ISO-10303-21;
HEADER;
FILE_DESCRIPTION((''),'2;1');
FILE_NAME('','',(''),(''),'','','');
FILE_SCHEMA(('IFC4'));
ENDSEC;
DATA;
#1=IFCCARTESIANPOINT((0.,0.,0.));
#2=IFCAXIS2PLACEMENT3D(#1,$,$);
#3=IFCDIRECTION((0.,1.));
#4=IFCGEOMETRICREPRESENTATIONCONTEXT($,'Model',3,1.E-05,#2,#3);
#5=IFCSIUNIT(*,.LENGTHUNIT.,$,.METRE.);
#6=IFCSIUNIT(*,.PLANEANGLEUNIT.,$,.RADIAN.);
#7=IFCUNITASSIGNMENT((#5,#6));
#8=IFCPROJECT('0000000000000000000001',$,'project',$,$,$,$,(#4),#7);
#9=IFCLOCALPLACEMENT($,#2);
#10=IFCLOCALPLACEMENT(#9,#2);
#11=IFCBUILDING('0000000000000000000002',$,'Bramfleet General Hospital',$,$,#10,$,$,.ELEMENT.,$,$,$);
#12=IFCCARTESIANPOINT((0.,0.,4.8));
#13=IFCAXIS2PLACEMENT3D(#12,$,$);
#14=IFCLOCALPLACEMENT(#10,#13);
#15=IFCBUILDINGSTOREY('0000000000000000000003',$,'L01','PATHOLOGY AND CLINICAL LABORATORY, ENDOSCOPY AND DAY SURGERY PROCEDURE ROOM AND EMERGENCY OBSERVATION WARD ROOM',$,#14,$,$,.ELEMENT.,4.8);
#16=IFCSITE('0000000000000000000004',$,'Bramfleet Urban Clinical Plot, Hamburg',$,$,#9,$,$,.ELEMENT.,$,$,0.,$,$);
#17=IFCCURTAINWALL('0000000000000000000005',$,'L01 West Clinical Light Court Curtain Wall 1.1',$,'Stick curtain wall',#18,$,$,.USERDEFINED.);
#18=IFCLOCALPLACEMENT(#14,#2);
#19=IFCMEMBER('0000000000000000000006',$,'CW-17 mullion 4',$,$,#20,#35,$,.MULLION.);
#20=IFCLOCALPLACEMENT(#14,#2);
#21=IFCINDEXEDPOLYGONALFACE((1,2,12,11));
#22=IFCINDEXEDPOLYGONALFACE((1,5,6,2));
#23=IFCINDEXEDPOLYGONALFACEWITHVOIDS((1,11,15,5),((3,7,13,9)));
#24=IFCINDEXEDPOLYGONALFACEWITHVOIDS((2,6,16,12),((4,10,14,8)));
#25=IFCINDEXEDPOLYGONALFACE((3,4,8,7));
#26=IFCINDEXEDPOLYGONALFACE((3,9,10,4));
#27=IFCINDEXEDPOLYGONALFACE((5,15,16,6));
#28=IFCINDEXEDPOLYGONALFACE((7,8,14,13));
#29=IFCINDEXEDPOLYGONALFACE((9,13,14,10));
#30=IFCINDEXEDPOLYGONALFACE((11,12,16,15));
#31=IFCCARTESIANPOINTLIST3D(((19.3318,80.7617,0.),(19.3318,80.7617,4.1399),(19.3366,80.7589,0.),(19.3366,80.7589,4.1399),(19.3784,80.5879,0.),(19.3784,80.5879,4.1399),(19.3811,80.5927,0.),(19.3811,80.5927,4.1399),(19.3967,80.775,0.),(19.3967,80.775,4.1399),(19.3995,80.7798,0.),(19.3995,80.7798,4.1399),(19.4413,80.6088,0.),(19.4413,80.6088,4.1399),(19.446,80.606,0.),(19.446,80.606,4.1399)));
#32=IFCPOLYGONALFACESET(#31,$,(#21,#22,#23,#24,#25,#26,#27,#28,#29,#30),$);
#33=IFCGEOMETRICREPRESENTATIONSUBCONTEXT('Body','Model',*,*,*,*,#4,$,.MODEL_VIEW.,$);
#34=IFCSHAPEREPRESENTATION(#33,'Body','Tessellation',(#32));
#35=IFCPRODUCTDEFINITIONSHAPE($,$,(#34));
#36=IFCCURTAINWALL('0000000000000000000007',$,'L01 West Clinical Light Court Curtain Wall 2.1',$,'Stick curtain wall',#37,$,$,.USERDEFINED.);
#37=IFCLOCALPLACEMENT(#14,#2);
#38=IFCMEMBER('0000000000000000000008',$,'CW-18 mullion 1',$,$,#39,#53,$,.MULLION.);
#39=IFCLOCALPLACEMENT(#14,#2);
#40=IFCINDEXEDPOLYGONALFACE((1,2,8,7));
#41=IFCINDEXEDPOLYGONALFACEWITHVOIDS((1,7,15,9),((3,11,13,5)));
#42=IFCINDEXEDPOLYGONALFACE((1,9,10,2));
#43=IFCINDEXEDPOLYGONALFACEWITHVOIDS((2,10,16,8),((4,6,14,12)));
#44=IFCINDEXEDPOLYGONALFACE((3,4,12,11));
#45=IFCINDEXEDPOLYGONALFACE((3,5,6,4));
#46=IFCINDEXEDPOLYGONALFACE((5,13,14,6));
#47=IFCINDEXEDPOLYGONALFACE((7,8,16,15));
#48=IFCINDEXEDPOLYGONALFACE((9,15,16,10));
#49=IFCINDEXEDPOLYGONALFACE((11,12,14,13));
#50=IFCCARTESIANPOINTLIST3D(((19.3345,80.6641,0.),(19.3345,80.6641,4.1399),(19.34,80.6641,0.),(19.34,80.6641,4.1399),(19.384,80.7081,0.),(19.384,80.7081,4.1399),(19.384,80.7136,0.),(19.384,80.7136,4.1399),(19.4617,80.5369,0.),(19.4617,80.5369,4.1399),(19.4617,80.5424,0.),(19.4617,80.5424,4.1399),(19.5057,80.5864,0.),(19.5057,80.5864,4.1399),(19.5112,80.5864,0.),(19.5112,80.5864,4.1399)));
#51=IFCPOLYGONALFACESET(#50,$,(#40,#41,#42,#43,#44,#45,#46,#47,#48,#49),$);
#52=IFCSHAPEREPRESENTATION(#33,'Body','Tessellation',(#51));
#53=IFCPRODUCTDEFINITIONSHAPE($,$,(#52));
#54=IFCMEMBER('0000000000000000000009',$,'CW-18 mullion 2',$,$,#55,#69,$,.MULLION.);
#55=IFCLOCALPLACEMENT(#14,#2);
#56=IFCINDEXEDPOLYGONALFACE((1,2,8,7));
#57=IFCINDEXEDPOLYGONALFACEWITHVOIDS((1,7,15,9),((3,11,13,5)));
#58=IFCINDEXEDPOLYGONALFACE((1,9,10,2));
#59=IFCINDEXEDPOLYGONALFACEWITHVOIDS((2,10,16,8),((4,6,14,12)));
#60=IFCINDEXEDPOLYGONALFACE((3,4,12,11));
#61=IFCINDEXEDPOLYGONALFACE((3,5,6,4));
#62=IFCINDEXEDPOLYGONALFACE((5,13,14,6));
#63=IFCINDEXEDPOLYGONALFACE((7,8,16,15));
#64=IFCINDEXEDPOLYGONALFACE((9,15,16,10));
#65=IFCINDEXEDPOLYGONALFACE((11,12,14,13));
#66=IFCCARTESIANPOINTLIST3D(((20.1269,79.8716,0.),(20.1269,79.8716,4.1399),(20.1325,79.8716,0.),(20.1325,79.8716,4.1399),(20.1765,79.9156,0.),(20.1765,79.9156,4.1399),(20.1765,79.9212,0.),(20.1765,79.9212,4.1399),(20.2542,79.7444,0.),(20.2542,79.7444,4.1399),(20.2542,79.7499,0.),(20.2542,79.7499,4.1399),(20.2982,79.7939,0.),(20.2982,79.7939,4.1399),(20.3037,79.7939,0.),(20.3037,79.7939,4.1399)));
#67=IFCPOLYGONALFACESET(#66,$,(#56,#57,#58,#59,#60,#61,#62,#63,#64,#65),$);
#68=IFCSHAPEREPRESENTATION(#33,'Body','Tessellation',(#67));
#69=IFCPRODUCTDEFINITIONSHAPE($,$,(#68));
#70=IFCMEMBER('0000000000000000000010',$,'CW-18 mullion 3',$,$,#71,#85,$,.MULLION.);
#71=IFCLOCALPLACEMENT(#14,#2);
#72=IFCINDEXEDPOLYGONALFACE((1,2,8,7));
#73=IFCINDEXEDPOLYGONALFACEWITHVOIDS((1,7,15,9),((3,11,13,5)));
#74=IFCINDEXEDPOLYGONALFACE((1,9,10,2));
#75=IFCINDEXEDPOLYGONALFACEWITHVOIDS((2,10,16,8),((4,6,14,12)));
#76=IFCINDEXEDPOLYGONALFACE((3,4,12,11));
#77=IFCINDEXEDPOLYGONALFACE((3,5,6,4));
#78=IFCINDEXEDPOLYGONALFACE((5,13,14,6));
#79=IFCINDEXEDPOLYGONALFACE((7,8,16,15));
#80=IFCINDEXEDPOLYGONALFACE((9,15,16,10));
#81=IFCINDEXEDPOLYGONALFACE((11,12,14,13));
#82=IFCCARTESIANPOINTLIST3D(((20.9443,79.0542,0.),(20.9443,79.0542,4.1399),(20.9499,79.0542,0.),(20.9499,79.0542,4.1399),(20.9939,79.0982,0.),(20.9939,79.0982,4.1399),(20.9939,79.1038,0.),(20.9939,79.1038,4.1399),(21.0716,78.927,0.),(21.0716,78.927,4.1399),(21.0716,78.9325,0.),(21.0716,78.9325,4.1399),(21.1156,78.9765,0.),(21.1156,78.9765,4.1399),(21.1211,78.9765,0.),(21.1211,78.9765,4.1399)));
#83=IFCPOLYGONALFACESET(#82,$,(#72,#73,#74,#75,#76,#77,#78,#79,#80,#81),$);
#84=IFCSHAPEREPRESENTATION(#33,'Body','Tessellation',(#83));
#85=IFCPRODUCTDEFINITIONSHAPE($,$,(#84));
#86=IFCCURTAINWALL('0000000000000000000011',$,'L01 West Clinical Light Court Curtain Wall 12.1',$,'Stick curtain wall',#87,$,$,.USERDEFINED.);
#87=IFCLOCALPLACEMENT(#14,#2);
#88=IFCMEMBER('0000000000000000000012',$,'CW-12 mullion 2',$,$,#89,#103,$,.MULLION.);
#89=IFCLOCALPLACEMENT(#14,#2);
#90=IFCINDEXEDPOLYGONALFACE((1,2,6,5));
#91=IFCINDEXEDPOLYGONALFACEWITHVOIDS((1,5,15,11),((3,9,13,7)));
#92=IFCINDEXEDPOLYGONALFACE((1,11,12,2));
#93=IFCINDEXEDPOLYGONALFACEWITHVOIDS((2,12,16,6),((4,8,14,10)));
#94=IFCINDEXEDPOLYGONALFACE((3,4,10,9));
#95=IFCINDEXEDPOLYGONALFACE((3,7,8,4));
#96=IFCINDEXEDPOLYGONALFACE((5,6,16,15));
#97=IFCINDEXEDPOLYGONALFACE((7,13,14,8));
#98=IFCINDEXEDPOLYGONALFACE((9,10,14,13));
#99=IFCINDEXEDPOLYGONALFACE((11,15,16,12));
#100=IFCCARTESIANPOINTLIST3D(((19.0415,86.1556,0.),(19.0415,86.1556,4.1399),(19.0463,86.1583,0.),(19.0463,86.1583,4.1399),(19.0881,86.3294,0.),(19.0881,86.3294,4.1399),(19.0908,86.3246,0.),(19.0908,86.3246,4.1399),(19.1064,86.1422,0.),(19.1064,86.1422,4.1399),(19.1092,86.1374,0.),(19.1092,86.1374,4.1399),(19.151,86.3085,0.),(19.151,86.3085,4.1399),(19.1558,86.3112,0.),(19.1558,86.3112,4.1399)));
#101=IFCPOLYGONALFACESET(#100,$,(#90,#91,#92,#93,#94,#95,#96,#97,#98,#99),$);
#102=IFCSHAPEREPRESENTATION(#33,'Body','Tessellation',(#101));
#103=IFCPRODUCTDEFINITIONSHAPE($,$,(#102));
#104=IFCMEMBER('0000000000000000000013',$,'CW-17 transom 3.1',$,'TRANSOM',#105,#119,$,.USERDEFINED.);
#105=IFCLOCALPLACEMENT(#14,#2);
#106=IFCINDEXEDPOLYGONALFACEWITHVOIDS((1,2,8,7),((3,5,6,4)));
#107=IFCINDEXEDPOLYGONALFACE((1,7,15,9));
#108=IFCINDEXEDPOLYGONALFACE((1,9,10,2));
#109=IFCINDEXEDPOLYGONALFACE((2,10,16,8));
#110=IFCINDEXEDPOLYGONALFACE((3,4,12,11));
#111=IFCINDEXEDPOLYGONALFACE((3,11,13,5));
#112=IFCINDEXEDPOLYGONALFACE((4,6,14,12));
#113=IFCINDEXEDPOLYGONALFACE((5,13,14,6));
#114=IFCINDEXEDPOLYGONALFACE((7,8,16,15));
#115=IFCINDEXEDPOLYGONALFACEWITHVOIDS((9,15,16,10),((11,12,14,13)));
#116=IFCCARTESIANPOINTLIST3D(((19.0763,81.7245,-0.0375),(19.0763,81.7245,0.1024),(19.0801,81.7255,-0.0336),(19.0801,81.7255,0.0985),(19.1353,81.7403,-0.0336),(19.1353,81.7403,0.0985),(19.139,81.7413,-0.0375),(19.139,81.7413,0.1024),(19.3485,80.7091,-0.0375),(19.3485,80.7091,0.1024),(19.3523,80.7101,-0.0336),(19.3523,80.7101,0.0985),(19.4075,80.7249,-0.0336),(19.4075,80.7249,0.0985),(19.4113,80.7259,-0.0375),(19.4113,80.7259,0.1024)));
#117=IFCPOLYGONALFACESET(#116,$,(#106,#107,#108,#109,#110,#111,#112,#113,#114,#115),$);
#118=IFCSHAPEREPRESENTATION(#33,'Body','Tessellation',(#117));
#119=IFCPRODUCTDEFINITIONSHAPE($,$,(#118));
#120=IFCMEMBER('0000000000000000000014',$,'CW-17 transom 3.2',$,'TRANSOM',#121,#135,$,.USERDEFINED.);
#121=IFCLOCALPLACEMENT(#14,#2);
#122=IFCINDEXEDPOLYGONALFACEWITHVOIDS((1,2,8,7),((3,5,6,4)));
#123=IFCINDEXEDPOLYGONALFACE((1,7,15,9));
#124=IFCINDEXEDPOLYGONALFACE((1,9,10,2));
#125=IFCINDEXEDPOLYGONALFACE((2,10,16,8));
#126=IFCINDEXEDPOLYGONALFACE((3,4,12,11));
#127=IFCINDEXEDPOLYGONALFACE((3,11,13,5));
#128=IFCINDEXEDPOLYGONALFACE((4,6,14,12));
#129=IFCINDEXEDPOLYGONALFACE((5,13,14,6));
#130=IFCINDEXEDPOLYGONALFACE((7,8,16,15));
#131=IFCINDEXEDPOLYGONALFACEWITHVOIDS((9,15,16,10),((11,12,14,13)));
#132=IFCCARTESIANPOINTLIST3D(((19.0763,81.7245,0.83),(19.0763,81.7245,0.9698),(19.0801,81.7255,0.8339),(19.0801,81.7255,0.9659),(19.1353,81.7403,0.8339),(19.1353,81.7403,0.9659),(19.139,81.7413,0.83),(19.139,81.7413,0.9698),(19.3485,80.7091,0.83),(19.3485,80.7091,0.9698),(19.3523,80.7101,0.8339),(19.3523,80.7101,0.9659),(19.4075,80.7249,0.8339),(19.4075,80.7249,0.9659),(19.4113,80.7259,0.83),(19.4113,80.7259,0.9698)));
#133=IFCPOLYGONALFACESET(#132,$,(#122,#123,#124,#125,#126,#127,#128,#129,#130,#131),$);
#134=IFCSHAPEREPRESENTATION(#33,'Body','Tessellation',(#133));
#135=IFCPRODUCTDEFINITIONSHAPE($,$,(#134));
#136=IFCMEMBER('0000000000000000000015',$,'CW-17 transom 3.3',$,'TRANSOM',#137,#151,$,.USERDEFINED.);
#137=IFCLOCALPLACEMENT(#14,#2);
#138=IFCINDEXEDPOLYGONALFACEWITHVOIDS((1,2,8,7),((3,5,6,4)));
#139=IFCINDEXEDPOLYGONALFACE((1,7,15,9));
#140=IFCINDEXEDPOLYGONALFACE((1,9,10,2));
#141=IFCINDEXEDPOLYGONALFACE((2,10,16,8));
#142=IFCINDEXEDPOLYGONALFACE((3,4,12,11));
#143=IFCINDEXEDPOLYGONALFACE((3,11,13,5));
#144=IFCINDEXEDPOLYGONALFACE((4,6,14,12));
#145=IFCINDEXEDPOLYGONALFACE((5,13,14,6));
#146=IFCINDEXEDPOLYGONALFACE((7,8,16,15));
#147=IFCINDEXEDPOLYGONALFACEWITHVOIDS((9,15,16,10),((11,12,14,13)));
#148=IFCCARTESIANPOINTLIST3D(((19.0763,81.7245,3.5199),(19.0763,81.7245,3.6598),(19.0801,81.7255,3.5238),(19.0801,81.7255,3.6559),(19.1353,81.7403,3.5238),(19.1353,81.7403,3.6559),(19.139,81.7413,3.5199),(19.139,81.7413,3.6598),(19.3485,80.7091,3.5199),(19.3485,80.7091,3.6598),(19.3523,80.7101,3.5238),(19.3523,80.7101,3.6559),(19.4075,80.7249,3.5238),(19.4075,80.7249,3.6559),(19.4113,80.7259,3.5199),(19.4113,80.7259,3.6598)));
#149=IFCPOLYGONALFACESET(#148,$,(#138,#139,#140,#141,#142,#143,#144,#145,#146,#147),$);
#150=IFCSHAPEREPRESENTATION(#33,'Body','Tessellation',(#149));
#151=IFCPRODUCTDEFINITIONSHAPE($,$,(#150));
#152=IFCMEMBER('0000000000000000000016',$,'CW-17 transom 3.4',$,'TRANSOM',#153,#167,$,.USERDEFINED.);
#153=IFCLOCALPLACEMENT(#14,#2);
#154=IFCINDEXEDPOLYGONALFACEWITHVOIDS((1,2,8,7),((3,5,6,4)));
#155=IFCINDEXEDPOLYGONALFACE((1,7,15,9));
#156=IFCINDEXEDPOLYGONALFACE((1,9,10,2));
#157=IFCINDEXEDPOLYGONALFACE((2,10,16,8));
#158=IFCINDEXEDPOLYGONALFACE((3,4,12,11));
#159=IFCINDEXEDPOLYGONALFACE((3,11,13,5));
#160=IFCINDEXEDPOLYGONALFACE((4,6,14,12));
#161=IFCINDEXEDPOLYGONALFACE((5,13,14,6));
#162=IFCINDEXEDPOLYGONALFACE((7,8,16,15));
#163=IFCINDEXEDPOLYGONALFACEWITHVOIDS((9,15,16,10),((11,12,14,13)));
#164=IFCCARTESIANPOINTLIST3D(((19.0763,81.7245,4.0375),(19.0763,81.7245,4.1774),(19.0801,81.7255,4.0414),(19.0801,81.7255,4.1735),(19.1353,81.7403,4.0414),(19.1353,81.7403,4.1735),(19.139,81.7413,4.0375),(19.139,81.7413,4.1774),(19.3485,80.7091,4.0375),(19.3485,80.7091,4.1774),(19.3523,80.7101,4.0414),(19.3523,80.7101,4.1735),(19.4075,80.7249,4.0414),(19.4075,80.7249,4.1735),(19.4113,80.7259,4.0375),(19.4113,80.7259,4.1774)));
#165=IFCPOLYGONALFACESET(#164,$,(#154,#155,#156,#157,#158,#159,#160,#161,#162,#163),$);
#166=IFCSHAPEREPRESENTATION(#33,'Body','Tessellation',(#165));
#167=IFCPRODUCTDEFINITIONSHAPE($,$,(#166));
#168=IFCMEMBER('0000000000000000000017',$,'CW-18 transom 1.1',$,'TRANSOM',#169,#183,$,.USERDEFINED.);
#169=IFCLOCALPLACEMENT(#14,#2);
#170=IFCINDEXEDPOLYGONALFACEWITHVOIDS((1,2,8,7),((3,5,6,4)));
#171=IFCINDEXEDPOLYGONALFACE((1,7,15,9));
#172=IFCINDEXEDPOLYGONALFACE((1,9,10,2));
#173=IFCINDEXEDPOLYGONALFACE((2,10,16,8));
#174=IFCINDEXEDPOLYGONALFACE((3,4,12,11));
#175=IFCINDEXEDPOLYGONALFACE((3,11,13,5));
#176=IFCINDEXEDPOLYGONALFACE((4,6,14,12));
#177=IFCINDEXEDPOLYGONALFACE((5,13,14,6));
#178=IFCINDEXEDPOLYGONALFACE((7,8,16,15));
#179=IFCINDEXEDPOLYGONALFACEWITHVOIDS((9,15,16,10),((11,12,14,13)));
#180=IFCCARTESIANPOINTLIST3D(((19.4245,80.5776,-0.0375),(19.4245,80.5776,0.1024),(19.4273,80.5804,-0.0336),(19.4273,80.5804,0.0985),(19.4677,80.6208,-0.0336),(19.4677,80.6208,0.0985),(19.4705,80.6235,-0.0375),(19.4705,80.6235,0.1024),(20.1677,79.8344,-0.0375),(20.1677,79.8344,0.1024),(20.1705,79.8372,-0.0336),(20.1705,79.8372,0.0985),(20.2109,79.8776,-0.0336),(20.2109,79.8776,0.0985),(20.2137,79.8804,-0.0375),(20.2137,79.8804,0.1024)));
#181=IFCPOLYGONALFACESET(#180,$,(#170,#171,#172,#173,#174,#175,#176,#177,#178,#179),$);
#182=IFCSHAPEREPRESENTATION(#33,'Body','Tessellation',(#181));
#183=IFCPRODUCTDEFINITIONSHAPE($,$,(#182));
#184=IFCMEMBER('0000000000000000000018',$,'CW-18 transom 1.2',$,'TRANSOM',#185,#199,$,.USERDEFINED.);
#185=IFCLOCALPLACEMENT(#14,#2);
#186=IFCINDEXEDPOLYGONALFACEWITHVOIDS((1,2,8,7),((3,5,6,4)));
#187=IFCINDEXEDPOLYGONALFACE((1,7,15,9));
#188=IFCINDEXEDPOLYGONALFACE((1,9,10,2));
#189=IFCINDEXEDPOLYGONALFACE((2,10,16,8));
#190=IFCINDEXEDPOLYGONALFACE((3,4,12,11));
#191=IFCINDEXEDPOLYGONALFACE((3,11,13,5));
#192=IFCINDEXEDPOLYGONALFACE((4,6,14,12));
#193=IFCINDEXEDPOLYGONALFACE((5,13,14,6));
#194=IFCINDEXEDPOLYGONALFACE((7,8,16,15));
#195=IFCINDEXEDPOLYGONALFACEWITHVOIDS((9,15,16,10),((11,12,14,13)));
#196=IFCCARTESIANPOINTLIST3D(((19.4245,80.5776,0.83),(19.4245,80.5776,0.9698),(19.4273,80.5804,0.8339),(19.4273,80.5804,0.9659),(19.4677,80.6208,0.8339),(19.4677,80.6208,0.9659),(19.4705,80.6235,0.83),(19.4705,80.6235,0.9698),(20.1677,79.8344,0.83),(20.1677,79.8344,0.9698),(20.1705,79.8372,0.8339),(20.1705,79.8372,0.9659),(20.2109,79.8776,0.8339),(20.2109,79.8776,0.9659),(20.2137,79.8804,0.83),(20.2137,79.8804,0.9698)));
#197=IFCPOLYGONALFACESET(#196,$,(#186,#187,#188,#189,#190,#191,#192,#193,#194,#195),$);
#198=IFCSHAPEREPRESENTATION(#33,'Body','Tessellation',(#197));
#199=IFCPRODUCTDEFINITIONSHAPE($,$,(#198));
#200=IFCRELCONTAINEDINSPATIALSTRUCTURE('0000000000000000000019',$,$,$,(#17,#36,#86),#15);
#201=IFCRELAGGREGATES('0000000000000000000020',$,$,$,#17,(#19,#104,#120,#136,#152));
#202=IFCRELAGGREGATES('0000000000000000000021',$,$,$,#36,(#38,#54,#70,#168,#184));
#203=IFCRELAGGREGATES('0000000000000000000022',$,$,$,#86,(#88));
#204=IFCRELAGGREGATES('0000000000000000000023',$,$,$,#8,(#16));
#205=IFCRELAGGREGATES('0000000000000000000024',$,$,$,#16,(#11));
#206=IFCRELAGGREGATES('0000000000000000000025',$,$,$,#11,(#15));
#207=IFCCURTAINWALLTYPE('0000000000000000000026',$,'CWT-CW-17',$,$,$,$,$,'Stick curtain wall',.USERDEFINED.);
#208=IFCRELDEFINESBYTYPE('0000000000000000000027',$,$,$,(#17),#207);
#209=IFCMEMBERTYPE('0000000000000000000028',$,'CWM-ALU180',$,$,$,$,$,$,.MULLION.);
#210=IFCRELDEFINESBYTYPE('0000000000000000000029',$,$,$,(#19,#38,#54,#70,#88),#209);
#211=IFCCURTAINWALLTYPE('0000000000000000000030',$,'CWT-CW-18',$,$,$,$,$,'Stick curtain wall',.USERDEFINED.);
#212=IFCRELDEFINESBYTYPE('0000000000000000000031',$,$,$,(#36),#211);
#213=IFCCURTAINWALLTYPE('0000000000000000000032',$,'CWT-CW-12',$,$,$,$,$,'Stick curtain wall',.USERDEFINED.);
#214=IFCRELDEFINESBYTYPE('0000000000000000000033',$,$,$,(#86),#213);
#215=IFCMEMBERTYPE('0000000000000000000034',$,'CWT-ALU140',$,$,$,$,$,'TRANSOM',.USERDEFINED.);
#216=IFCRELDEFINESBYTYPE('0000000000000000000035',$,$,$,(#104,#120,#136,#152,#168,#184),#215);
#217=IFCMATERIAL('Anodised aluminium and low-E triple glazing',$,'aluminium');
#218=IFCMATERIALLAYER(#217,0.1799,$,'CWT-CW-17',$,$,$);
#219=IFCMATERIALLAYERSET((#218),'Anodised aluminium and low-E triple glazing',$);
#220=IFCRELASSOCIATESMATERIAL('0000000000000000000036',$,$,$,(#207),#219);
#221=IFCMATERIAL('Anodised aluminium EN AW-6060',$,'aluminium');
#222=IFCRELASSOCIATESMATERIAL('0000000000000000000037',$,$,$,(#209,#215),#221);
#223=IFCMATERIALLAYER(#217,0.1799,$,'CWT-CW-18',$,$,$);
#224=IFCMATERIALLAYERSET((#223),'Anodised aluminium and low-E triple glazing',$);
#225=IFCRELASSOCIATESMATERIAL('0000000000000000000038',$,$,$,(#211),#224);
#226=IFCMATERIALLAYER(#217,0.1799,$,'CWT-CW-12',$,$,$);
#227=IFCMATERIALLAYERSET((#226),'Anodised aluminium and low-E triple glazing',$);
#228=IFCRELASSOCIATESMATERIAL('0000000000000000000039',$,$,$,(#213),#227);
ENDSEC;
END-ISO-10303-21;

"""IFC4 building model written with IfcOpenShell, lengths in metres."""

from ifc_helpers import new_model, si_unit, direction, frame, origin, origin_2d, place, context, subcontext, project, spatial, hollow_rectangle, extrude, material, layer, layer_set, material_profile, profile_set, type_object, element, aggregate, save


model = new_model("IFC4")

# Units and contexts
model_context = context("Model", 3, precision=1e-05, world=origin(), true_north=direction((0.0, 1.0)))
body_context = subcontext(model_context, "Body", "Model", "MODEL_VIEW")
ifc_project = project(units=[si_unit("LENGTHUNIT", "METRE"), si_unit("PLANEANGLEUNIT", "RADIAN")], contexts=[model_context])

# Site, building, storey
site_placement = place(None, origin())
site = spatial("IfcSite", under=ifc_project, at=site_placement, Name="Bramfleet Urban Clinical Plot, Hamburg", CompositionType="ELEMENT", RefElevation=0.0)
building_placement = place(site_placement, origin())
building = spatial("IfcBuilding", under=site, at=building_placement, Name="Bramfleet General Hospital", CompositionType="ELEMENT")
storey_placement = place(building_placement, frame((0.0, 0.0, 4.8)))
storey = spatial("IfcBuildingStorey", under=building, at=storey_placement, Name="L01", Description="PATHOLOGY AND CLINICAL LABORATORY, ENDOSCOPY AND DAY SURGERY PROCEDURE ROOM AND EMERGENCY OBSERVATION WARD ROOM", CompositionType="ELEMENT", Elevation=4.8)

# Curtain wall, member
ifc_material_1 = material(Name="Anodised aluminium and low-E triple glazing", Category="aluminium")
ifc_layer_1 = layer(ifc_material_1, 0.1799, Name="CWT-CW-17")
ifc_layer_set_1 = layer_set([ifc_layer_1], Name="Anodised aluminium and low-E triple glazing")
curtain_wall_type_1 = type_object("IfcCurtainWallType", Name="CWT-CW-17", ElementType="Stick curtain wall", PredefinedType="USERDEFINED", material=ifc_layer_set_1)
curtain_wall_1_placement = place(storey_placement, origin())
curtain_wall_1 = element("IfcCurtainWall", 1, at=curtain_wall_1_placement, inside=storey, type_object=curtain_wall_type_1, Name="L01 West Clinical Light Court Curtain Wall 1.1", ObjectType="Stick curtain wall", PredefinedType="USERDEFINED")
ifc_material_2 = material(Name="Anodised aluminium EN AW-6060", Category="aluminium")
ifc_material_profile_1 = material_profile(ifc_material_2, hollow_rectangle(XDim=0.0701, YDim=0.1799, WallThickness=0.0039, at=origin_2d()), Name="ALU 180x70x4.0")
ifc_profile_set_1 = profile_set([ifc_material_profile_1], Name="Anodised aluminium EN AW-6060")
member_type_1 = type_object("IfcMemberType", Name="CWM-ALU180", PredefinedType="MULLION", material=ifc_profile_set_1)
member_1_placement = place(storey_placement, frame((19.3889, 80.6838, 0.0), z_axis=(0.0, 0.0, 1.0), x_axis=(0.965899, 0.258919, 0.0)))
member_1 = element("IfcMember", 2, at=member_1_placement, type_object=member_type_1, Name="CW-17 mullion 4", PredefinedType="MULLION", context=body_context, shape_type="SweptSolid", body=[
    extrude(hollow_rectangle(XDim=0.0701, YDim=0.1799, WallThickness=0.0039, at=origin_2d()), origin(), (0.0, 0.0, 1.0), 4.1399),
])

# Curtain wall, members
ifc_layer_2 = layer(ifc_material_1, 0.1799, Name="CWT-CW-18")
ifc_layer_set_2 = layer_set([ifc_layer_2], Name="Anodised aluminium and low-E triple glazing")
curtain_wall_type_2 = type_object("IfcCurtainWallType", Name="CWT-CW-18", ElementType="Stick curtain wall", PredefinedType="USERDEFINED", material=ifc_layer_set_2)
curtain_wall_2_placement = place(storey_placement, origin())
curtain_wall_2 = element("IfcCurtainWall", 3, at=curtain_wall_2_placement, inside=storey, type_object=curtain_wall_type_2, Name="L01 West Clinical Light Court Curtain Wall 2.1", ObjectType="Stick curtain wall", PredefinedType="USERDEFINED")
member_2_placement = place(storey_placement, frame((19.4229, 80.6252, 0.0), z_axis=(0.0, 0.0, 1.0), x_axis=(0.707107, 0.707107, 0.0)))
member_2 = element("IfcMember", 4, at=member_2_placement, type_object=member_type_1, Name="CW-18 mullion 1", PredefinedType="MULLION", context=body_context, shape_type="SweptSolid", body=[
    extrude(hollow_rectangle(XDim=0.0701, YDim=0.1799, WallThickness=0.0039, at=origin_2d()), origin(), (0.0, 0.0, 1.0), 4.1399),
])
member_3_placement = place(storey_placement, frame((20.2153, 79.8328, 0.0), z_axis=(0.0, 0.0, 1.0), x_axis=(0.707107, 0.707107, 0.0)))
member_3 = element("IfcMember", 5, at=member_3_placement, type_object=member_type_1, Name="CW-18 mullion 2", PredefinedType="MULLION", context=body_context, shape_type="SweptSolid", body=[
    extrude(hollow_rectangle(XDim=0.0701, YDim=0.1799, WallThickness=0.0039, at=origin_2d()), origin(), (0.0, 0.0, 1.0), 4.1399),
])
member_4_placement = place(storey_placement, frame((21.0327, 79.0154, 0.0), z_axis=(0.0, 0.0, 1.0), x_axis=(0.707107, 0.707107, 0.0)))
member_4 = element("IfcMember", 6, at=member_4_placement, type_object=member_type_1, Name="CW-18 mullion 3", PredefinedType="MULLION", context=body_context, shape_type="SweptSolid", body=[
    extrude(hollow_rectangle(XDim=0.0701, YDim=0.1799, WallThickness=0.0039, at=origin_2d()), origin(), (0.0, 0.0, 1.0), 4.1399),
])

# Curtain wall, member
ifc_layer_3 = layer(ifc_material_1, 0.1799, Name="CWT-CW-12")
ifc_layer_set_3 = layer_set([ifc_layer_3], Name="Anodised aluminium and low-E triple glazing")
curtain_wall_type_3 = type_object("IfcCurtainWallType", Name="CWT-CW-12", ElementType="Stick curtain wall", PredefinedType="USERDEFINED", material=ifc_layer_set_3)
curtain_wall_3_placement = place(storey_placement, origin())
curtain_wall_3 = element("IfcCurtainWall", 7, at=curtain_wall_3_placement, inside=storey, type_object=curtain_wall_type_3, Name="L01 West Clinical Light Court Curtain Wall 12.1", ObjectType="Stick curtain wall", PredefinedType="USERDEFINED")
member_5_placement = place(storey_placement, frame((19.0986, 86.2334, 0.0), z_axis=(0.0, 0.0, 1.0), x_axis=(0.965899, -0.258919, 0.0)))
member_5 = element("IfcMember", 8, at=member_5_placement, type_object=member_type_1, Name="CW-12 mullion 2", PredefinedType="MULLION", context=body_context, shape_type="SweptSolid", body=[
    extrude(hollow_rectangle(XDim=0.0701, YDim=0.1799, WallThickness=0.0039, at=origin_2d()), origin(), (0.0, 0.0, 1.0), 4.1399),
])

# Members
ifc_material_profile_2 = material_profile(ifc_material_2, hollow_rectangle(XDim=0.0649, YDim=0.1399, WallThickness=0.0039, at=origin_2d()), Name="ALU 140x65x4.0")
ifc_profile_set_2 = profile_set([ifc_material_profile_2], Name="Anodised aluminium EN AW-6060")
member_type_2 = type_object("IfcMemberType", Name="CWT-ALU140", ElementType="TRANSOM", PredefinedType="USERDEFINED", material=ifc_profile_set_2)
member_6_placement = place(storey_placement, frame((19.1077, 81.7329, 0.0325), z_axis=(0.258949, -0.965891, 0.0), x_axis=(0.965891, 0.258949, 0.0)))
member_6 = element("IfcMember", 9, at=member_6_placement, type_object=member_type_2, Name="CW-17 transom 3.1", ObjectType="TRANSOM", PredefinedType="USERDEFINED", context=body_context, shape_type="SweptSolid", body=[
    extrude(hollow_rectangle(XDim=0.0649, YDim=0.1399, WallThickness=0.0039, at=origin_2d()), origin(), (0.0, 0.0, 1.0), 1.0513),
])
member_7_placement = place(storey_placement, frame((19.1077, 81.7329, 0.8999), z_axis=(0.258949, -0.965891, 0.0), x_axis=(0.965891, 0.258949, 0.0)))
member_7 = element("IfcMember", 10, at=member_7_placement, type_object=member_type_2, Name="CW-17 transom 3.2", ObjectType="TRANSOM", PredefinedType="USERDEFINED", context=body_context, shape_type="SweptSolid", body=[
    extrude(hollow_rectangle(XDim=0.0649, YDim=0.1399, WallThickness=0.0039, at=origin_2d()), origin(), (0.0, 0.0, 1.0), 1.0513),
])
member_8_placement = place(storey_placement, frame((19.1077, 81.7329, 3.5898), z_axis=(0.258949, -0.965891, 0.0), x_axis=(0.965891, 0.258949, 0.0)))
member_8 = element("IfcMember", 11, at=member_8_placement, type_object=member_type_2, Name="CW-17 transom 3.3", ObjectType="TRANSOM", PredefinedType="USERDEFINED", context=body_context, shape_type="SweptSolid", body=[
    extrude(hollow_rectangle(XDim=0.0649, YDim=0.1399, WallThickness=0.0039, at=origin_2d()), origin(), (0.0, 0.0, 1.0), 1.0513),
])
member_9_placement = place(storey_placement, frame((19.1077, 81.7329, 4.1074), z_axis=(0.258949, -0.965891, 0.0), x_axis=(0.965891, 0.258949, 0.0)))
member_9 = element("IfcMember", 12, at=member_9_placement, type_object=member_type_2, Name="CW-17 transom 3.4", ObjectType="TRANSOM", PredefinedType="USERDEFINED", context=body_context, shape_type="SweptSolid", body=[
    extrude(hollow_rectangle(XDim=0.0649, YDim=0.1399, WallThickness=0.0039, at=origin_2d()), origin(), (0.0, 0.0, 1.0), 1.0513),
])
member_10_placement = place(storey_placement, frame((19.4475, 80.6006, 0.0325), z_axis=(0.707107, -0.707107, 0.0), x_axis=(0.707107, 0.707107, 0.0)))
member_10 = element("IfcMember", 13, at=member_10_placement, type_object=member_type_2, Name="CW-18 transom 1.1", ObjectType="TRANSOM", PredefinedType="USERDEFINED", context=body_context, shape_type="SweptSolid", body=[
    extrude(hollow_rectangle(XDim=0.0649, YDim=0.1399, WallThickness=0.0039, at=origin_2d()), origin(), (0.0, 0.0, 1.0), 1.051),
])
member_11_placement = place(storey_placement, frame((19.4475, 80.6006, 0.8999), z_axis=(0.707107, -0.707107, 0.0), x_axis=(0.707107, 0.707107, 0.0)))
member_11 = element("IfcMember", 14, at=member_11_placement, type_object=member_type_2, Name="CW-18 transom 1.2", ObjectType="TRANSOM", PredefinedType="USERDEFINED", context=body_context, shape_type="SweptSolid", body=[
    extrude(hollow_rectangle(XDim=0.0649, YDim=0.1399, WallThickness=0.0039, at=origin_2d()), origin(), (0.0, 0.0, 1.0), 1.051),
])

aggregate(curtain_wall_1, [member_1, member_6, member_7, member_8, member_9])
aggregate(curtain_wall_2, [member_2, member_3, member_4, member_10, member_11])
aggregate(curtain_wall_3, [member_5])

save(model, "model.ifc")
